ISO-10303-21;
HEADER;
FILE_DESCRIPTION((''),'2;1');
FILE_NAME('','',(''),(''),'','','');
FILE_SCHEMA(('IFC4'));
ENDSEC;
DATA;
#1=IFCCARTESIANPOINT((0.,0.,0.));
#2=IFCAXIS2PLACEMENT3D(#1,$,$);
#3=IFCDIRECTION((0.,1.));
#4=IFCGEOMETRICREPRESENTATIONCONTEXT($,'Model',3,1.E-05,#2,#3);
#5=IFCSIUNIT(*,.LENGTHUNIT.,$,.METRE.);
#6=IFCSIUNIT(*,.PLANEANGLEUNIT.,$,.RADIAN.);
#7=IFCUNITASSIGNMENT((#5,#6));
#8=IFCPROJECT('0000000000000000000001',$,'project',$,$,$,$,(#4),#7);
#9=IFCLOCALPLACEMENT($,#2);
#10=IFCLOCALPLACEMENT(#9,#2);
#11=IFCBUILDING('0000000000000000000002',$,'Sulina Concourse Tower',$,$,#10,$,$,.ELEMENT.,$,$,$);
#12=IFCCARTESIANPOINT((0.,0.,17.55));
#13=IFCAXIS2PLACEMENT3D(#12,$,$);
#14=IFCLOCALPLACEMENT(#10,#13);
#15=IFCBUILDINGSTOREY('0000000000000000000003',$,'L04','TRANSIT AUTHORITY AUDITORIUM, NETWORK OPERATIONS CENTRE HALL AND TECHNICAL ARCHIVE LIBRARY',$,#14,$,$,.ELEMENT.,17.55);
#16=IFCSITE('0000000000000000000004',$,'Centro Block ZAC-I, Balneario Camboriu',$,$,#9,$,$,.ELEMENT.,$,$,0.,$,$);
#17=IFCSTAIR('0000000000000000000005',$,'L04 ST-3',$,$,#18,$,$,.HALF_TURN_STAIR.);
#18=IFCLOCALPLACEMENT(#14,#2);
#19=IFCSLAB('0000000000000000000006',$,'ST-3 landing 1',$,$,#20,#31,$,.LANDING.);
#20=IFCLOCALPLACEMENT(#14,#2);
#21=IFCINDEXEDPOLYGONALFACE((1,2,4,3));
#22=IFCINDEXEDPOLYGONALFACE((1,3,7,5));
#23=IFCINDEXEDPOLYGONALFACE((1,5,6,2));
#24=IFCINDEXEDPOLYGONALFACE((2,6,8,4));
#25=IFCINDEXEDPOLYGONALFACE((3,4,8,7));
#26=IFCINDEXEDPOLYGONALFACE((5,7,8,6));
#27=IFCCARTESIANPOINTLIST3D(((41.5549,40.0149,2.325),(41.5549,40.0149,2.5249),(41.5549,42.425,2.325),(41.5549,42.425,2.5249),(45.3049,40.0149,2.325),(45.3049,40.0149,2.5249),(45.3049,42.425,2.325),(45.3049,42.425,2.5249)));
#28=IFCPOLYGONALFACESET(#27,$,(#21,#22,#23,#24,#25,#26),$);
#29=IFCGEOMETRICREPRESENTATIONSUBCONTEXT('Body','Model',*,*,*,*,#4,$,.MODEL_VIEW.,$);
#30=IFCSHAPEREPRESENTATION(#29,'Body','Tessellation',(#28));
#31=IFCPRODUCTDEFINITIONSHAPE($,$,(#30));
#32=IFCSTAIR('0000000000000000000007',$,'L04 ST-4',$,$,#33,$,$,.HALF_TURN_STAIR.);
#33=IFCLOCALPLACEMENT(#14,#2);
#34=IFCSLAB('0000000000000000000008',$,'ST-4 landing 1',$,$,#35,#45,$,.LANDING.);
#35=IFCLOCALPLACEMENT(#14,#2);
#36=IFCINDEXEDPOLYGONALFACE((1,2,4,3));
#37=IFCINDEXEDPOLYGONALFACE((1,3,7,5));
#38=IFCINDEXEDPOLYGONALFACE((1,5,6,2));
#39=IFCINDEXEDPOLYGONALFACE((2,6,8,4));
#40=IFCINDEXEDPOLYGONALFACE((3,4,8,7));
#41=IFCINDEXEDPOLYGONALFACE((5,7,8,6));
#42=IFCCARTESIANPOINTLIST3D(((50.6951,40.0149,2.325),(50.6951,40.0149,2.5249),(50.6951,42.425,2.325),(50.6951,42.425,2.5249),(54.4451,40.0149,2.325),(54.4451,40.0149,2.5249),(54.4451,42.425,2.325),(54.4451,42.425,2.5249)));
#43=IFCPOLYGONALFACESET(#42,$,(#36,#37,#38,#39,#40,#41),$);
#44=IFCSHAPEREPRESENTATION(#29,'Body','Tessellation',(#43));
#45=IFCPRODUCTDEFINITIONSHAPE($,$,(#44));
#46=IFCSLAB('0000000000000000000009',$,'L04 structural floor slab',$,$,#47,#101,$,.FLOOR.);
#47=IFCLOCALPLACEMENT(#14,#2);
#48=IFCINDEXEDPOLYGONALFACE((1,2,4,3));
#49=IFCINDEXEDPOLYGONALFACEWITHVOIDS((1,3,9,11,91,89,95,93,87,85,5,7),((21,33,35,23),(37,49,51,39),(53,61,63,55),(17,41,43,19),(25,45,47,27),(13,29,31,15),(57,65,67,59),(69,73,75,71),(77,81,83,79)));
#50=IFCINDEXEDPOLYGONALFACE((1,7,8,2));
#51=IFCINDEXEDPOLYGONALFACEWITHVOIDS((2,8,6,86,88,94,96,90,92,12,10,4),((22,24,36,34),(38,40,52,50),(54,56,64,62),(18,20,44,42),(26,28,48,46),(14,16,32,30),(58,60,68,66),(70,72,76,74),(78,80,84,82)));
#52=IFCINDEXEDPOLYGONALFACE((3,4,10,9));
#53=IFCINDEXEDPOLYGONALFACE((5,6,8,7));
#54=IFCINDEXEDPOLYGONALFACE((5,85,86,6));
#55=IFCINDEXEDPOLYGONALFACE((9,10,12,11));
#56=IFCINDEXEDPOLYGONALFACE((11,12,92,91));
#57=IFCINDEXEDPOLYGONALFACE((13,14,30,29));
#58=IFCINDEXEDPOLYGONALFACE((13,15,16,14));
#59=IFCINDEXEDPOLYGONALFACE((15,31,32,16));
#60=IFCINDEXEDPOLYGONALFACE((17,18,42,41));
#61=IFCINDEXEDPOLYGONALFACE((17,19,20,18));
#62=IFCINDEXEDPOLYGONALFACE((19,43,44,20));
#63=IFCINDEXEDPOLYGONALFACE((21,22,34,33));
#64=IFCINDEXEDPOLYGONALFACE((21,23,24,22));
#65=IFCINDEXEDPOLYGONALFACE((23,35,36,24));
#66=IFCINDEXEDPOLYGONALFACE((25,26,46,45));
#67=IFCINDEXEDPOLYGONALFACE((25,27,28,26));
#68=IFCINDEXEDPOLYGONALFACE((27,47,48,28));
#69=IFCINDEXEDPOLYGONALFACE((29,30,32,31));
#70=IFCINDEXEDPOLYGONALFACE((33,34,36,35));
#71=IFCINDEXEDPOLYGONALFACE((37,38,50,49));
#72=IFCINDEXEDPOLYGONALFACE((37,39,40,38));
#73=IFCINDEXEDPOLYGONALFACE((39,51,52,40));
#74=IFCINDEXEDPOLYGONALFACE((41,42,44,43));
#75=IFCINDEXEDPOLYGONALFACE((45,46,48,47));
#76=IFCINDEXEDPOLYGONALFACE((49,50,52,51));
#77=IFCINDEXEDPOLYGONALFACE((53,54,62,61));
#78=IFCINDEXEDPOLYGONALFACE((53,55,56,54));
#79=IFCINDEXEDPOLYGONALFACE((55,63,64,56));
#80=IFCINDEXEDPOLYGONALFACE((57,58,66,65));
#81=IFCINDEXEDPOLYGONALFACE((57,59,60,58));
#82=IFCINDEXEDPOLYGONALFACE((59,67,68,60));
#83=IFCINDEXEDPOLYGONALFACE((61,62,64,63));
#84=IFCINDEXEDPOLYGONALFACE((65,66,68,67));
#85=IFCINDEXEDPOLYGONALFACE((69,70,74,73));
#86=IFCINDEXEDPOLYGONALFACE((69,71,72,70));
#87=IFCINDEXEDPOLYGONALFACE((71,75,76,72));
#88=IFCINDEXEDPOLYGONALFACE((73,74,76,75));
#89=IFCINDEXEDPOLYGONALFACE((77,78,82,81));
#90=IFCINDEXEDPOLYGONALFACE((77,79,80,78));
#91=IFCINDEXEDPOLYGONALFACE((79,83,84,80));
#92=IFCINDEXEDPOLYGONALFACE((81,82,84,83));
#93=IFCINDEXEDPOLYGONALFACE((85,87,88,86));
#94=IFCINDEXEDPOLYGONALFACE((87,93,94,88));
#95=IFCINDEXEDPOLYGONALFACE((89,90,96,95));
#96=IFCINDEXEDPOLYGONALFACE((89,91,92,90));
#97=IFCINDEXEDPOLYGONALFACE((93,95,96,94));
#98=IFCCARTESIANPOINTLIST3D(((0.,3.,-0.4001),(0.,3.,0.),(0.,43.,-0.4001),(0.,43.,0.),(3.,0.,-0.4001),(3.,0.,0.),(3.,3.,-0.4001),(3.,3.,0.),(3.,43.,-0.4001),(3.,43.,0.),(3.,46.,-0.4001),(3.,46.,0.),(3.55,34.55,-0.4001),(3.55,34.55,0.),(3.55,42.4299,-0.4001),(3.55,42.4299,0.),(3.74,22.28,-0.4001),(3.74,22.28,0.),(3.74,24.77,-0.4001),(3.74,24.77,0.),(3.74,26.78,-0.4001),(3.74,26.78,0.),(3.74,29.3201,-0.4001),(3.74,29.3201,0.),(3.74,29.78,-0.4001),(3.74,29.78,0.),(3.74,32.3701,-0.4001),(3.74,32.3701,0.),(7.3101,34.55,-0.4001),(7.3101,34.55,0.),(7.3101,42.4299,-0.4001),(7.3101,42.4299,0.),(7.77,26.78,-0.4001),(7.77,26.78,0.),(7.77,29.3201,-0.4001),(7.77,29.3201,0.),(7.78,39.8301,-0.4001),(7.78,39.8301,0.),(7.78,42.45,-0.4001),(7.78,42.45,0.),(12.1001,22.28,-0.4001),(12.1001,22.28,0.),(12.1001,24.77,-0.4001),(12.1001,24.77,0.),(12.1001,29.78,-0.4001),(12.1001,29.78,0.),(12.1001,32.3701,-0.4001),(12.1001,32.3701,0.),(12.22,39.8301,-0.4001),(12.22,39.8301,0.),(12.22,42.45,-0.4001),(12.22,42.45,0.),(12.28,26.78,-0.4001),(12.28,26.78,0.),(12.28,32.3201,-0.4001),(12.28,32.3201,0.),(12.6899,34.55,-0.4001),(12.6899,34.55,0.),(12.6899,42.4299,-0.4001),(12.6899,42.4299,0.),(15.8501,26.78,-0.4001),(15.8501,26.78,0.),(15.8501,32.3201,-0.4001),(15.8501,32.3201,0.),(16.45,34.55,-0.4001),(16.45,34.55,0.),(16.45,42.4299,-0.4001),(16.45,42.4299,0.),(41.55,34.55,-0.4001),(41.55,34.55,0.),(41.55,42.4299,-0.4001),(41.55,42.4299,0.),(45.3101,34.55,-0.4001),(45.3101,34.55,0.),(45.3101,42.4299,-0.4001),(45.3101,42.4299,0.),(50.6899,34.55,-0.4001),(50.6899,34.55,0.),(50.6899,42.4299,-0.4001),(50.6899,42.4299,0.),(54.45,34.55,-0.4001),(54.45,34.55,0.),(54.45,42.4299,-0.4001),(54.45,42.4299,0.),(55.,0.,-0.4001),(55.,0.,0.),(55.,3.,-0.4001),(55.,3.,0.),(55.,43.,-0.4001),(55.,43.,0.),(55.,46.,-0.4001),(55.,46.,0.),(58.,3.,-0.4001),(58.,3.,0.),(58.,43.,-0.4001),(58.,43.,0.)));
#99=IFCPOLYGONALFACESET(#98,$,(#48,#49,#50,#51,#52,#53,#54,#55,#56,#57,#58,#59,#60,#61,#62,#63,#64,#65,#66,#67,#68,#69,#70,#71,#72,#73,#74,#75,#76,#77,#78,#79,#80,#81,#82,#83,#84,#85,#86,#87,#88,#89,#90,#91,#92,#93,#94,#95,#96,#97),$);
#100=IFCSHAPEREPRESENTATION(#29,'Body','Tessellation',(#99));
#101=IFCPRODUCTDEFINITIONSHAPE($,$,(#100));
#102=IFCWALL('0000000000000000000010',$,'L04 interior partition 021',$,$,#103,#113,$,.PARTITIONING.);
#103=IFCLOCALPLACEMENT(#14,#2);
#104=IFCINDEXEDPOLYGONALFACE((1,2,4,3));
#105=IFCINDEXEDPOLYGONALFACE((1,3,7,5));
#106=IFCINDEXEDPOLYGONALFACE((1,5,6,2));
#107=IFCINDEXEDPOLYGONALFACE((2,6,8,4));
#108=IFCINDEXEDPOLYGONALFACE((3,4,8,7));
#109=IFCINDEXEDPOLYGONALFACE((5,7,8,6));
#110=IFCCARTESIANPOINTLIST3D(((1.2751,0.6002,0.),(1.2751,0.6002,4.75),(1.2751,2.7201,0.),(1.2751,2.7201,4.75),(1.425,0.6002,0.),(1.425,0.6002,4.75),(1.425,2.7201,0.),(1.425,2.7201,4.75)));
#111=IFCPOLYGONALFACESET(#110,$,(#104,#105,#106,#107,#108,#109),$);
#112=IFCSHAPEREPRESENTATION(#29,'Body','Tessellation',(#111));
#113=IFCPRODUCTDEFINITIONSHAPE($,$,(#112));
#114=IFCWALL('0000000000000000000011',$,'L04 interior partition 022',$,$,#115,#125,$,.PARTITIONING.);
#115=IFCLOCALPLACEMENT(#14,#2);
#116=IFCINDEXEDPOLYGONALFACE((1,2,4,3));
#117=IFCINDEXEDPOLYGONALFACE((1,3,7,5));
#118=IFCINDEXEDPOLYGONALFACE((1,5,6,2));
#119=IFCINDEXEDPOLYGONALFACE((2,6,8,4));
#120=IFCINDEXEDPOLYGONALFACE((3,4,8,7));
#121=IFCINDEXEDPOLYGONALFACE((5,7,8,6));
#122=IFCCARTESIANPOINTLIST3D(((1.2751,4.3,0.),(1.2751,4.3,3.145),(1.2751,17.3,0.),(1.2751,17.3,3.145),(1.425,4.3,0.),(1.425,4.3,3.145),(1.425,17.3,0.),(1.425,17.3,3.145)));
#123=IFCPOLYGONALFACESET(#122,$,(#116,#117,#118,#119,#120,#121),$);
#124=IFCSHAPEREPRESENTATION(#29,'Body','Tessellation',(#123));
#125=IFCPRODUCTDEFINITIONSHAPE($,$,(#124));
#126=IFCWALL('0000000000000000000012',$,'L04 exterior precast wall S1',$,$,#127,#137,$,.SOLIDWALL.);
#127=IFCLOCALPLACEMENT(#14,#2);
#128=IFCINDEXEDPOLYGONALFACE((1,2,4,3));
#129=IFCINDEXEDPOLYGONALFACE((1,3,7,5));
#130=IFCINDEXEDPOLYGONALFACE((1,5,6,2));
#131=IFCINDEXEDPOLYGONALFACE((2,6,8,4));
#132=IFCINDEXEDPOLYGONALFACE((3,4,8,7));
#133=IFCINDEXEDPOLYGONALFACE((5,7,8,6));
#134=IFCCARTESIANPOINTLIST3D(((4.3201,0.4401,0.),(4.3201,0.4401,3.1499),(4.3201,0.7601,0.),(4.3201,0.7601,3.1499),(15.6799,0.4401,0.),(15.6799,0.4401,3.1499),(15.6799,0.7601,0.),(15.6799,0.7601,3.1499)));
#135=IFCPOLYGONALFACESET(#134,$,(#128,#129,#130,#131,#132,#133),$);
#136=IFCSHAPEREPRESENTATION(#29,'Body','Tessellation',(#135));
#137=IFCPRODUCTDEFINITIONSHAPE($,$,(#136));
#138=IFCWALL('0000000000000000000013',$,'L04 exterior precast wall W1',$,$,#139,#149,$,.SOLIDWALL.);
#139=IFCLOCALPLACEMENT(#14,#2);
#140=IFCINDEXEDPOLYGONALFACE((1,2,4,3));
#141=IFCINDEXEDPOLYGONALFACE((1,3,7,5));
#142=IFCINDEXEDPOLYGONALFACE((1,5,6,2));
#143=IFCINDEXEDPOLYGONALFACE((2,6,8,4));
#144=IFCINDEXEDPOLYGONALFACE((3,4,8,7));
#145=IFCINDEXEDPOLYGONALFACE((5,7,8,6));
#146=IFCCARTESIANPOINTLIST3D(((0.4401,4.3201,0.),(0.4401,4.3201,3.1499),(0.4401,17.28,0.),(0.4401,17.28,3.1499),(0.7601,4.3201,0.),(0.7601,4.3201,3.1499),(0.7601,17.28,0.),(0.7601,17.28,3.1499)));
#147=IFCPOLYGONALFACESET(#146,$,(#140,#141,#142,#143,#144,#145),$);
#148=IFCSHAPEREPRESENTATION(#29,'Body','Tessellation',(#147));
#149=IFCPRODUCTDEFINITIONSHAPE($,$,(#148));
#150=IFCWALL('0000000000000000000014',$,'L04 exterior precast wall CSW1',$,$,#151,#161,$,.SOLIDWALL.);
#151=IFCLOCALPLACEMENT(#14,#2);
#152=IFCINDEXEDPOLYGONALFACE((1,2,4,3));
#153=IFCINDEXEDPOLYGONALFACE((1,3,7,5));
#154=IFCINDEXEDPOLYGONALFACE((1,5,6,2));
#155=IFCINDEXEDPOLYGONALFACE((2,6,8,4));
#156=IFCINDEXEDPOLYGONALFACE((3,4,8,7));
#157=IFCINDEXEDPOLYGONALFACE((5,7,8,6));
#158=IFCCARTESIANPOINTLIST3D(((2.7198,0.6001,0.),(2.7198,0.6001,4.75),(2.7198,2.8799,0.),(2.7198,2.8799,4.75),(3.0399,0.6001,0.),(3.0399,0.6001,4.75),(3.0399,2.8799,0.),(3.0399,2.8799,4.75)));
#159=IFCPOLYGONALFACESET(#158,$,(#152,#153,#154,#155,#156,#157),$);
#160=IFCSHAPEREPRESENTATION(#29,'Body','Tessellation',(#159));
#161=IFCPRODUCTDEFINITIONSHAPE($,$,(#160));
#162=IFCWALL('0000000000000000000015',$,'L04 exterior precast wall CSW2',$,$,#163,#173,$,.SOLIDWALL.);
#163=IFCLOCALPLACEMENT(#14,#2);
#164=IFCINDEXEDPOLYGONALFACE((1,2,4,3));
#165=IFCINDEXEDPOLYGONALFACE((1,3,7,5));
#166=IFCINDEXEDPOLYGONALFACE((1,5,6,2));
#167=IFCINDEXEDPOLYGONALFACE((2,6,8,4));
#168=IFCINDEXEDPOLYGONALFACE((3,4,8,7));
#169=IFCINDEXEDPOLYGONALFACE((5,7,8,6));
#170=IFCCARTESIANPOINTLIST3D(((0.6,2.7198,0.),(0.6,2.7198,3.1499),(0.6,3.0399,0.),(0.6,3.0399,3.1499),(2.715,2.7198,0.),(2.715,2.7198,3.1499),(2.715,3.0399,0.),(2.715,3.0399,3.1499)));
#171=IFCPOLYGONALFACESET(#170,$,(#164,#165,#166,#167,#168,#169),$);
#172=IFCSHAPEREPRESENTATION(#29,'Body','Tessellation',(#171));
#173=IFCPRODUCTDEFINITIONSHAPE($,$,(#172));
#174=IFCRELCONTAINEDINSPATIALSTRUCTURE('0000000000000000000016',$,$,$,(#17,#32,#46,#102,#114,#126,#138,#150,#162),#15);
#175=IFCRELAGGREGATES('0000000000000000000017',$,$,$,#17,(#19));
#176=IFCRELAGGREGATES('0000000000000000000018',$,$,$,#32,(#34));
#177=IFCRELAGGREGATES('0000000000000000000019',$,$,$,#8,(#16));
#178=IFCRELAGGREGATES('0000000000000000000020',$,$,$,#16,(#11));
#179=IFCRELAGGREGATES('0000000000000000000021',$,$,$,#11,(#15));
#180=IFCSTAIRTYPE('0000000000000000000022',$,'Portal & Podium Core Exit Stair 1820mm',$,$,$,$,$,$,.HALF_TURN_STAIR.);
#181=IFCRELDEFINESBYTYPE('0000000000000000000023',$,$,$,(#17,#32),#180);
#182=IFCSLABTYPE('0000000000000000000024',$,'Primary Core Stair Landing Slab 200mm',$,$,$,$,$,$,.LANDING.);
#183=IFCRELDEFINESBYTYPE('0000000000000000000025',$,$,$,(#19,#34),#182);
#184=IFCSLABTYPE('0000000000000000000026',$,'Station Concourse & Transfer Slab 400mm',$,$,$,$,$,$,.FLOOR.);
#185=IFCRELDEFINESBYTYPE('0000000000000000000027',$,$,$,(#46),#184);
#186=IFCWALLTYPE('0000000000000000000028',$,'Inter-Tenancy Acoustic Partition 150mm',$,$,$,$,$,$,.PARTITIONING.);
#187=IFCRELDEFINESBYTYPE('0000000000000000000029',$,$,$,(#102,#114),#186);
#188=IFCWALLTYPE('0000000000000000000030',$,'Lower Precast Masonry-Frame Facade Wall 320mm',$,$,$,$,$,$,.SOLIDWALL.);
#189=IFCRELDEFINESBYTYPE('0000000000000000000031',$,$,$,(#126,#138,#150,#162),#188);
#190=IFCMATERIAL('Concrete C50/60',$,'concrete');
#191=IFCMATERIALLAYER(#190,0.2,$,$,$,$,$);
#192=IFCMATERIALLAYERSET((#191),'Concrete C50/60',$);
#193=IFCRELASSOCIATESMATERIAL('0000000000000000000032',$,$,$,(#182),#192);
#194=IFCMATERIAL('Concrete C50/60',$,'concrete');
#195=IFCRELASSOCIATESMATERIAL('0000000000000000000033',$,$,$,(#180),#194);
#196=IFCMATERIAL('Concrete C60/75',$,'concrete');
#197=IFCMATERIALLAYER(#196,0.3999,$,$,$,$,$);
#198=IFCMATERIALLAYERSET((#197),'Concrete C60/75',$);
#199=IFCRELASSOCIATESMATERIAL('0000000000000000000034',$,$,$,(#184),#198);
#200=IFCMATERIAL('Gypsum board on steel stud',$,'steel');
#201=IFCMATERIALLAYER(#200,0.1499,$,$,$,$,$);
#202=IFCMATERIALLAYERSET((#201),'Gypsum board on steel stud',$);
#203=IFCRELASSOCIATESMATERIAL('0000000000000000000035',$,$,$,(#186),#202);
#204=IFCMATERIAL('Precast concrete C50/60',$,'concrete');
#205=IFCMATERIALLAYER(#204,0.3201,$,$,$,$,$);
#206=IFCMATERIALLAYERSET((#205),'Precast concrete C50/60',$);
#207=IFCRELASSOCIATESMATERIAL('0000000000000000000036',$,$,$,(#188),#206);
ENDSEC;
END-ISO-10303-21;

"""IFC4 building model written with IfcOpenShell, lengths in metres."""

from ifc_helpers import new_model, si_unit, direction, frame, frame_2d, origin, place, context, subcontext, project, spatial, polyline, rectangle, outline, extrude, material, layer, layer_set, type_object, element, aggregate, save


model = new_model("IFC4")

# Units and contexts
model_context = context("Model", 3, precision=1e-05, world=origin(), true_north=direction((0.0, 1.0)))
body_context = subcontext(model_context, "Body", "Model", "MODEL_VIEW")
ifc_project = project(units=[si_unit("LENGTHUNIT", "METRE"), si_unit("PLANEANGLEUNIT", "RADIAN")], contexts=[model_context])

# Site, building, storey
site_placement = place(None, origin())
site = spatial("IfcSite", under=ifc_project, at=site_placement, Name="Centro Block ZAC-I, Balneario Camboriu", CompositionType="ELEMENT", RefElevation=0.0)
building_placement = place(site_placement, origin())
building = spatial("IfcBuilding", under=site, at=building_placement, Name="Sulina Concourse Tower", CompositionType="ELEMENT")
storey_placement = place(building_placement, frame((0.0, 0.0, 17.55)))
storey = spatial("IfcBuildingStorey", under=building, at=storey_placement, Name="L04", Description="TRANSIT AUTHORITY AUDITORIUM, NETWORK OPERATIONS CENTRE HALL AND TECHNICAL ARCHIVE LIBRARY", CompositionType="ELEMENT", Elevation=17.55)

# Shared definitions
ifc_material_1 = material(Name="Concrete C50/60", Category="concrete")
ifc_layer_1 = layer(ifc_material_1, 0.2)
ifc_layer_set_1 = layer_set([ifc_layer_1], Name="Concrete C50/60")
slab_type_1 = type_object("IfcSlabType", Name="Primary Core Stair Landing Slab 200mm", PredefinedType="LANDING", material=ifc_layer_set_1)

# Stairs, slabs
ifc_material_2 = material(Name="Concrete C50/60", Category="concrete")
stair_type_1 = type_object("IfcStairType", Name="Portal & Podium Core Exit Stair 1820mm", PredefinedType="HALF_TURN_STAIR", material=ifc_material_2)
stair_1_placement = place(storey_placement, origin())
stair_1 = element("IfcStair", 1, at=stair_1_placement, inside=storey, type_object=stair_type_1, Name="L04 ST-3", PredefinedType="HALF_TURN_STAIR")
slab_1_placement = place(storey_placement, frame((0.0, 0.0, 2.325)))
slab_1 = element("IfcSlab", 2, at=slab_1_placement, type_object=slab_type_1, Name="ST-3 landing 1", PredefinedType="LANDING", context=body_context, shape_type="SweptSolid", body=[
    extrude(outline(polyline([(45.3049, 40.0149), (45.3049, 42.425), (41.5549, 42.425), (41.5549, 40.0149), (45.3049, 40.0149)])), origin(), (0.0, 0.0, 1.0), 0.2),
])
aggregate(stair_1, [slab_1])
stair_2_placement = place(storey_placement, origin())
stair_2 = element("IfcStair", 3, at=stair_2_placement, inside=storey, type_object=stair_type_1, Name="L04 ST-4", PredefinedType="HALF_TURN_STAIR")
slab_2_placement = place(storey_placement, frame((0.0, 0.0, 2.325)))
slab_2 = element("IfcSlab", 4, at=slab_2_placement, type_object=slab_type_1, Name="ST-4 landing 1", PredefinedType="LANDING", context=body_context, shape_type="SweptSolid", body=[
    extrude(outline(polyline([(54.4451, 40.0149), (54.4451, 42.425), (50.6951, 42.425), (50.6951, 40.0149), (54.4451, 40.0149)])), origin(), (0.0, 0.0, 1.0), 0.2),
])
aggregate(stair_2, [slab_2])

# Slab
ifc_material_3 = material(Name="Concrete C60/75", Category="concrete")
ifc_layer_2 = layer(ifc_material_3, 0.3999)
ifc_layer_set_2 = layer_set([ifc_layer_2], Name="Concrete C60/75")
slab_type_2 = type_object("IfcSlabType", Name="Station Concourse & Transfer Slab 400mm", PredefinedType="FLOOR", material=ifc_layer_set_2)
slab_3_placement = place(storey_placement, frame((0.0, 0.0, -0.4001)))
element("IfcSlab", 5, at=slab_3_placement, inside=storey, type_object=slab_type_2, Name="L04 structural floor slab", PredefinedType="FLOOR", context=body_context, shape_type="SweptSolid", body=[
    extrude(outline(polyline([(3.0, 0.0), (55.0, 0.0), (55.0, 3.0), (58.0, 3.0), (58.0, 43.0), (55.0, 43.0), (55.0, 46.0), (3.0, 46.0), (3.0, 43.0), (0.0, 43.0), (0.0, 3.0), (3.0, 3.0), (3.0, 0.0)]), holes=[polyline([(7.3101, 34.55), (7.3101, 42.4299), (3.55, 42.4299), (3.55, 34.55), (7.3101, 34.55)]), polyline([(16.45, 34.55), (16.45, 42.4299), (12.6899, 42.4299), (12.6899, 34.55), (16.45, 34.55)]), polyline([(45.3101, 34.55), (45.3101, 42.4299), (41.55, 42.4299), (41.55, 34.55), (45.3101, 34.55)]), polyline([(54.45, 34.55), (54.45, 42.4299), (50.6899, 42.4299), (50.6899, 34.55), (54.45, 34.55)]), polyline([(7.78, 39.8301), (12.22, 39.8301), (12.22, 42.45), (7.78, 42.45), (7.78, 39.8301)]), polyline([(3.74, 26.78), (7.77, 26.78), (7.77, 29.3201), (3.74, 29.3201), (3.74, 26.78)]), polyline([(3.74, 29.78), (12.1001, 29.78), (12.1001, 32.3701), (3.74, 32.3701), (3.74, 29.78)]), polyline([(3.74, 22.28), (12.1001, 22.28), (12.1001, 24.77), (3.74, 24.77), (3.74, 22.28)]), polyline([(12.28, 26.78), (15.8501, 26.78), (15.8501, 32.3201), (12.28, 32.3201), (12.28, 26.78)])]), origin(), (0.0, 0.0, 1.0), 0.4001),
])

# Walls
ifc_material_4 = material(Name="Gypsum board on steel stud", Category="steel")
ifc_layer_3 = layer(ifc_material_4, 0.1499)
ifc_layer_set_3 = layer_set([ifc_layer_3], Name="Gypsum board on steel stud")
wall_type_1 = type_object("IfcWallType", Name="Inter-Tenancy Acoustic Partition 150mm", PredefinedType="PARTITIONING", material=ifc_layer_set_3)
wall_1_placement = place(storey_placement, frame((1.3501, 0.6001, 0.0), z_axis=(0.0, 0.0, 1.0), x_axis=(0.0, 1.0, 0.0)))
element("IfcWall", 6, at=wall_1_placement, inside=storey, type_object=wall_type_1, Name="L04 interior partition 021", PredefinedType="PARTITIONING", context=body_context, shape_type="SweptSolid", body=[
    extrude(rectangle(XDim=2.1199, YDim=0.1499, at=frame_2d((1.0601, 0.0))), origin(), (0.0, 0.0, 1.0), 4.75),
])
wall_2_placement = place(storey_placement, frame((1.3501, 4.3, 0.0), z_axis=(0.0, 0.0, 1.0), x_axis=(0.0, 1.0, 0.0)))
element("IfcWall", 7, at=wall_2_placement, inside=storey, type_object=wall_type_1, Name="L04 interior partition 022", PredefinedType="PARTITIONING", context=body_context, shape_type="SweptSolid", body=[
    extrude(rectangle(XDim=13.0, YDim=0.1499, at=frame_2d((6.5, 0.0))), origin(), (0.0, 0.0, 1.0), 3.145),
])
ifc_material_5 = material(Name="Precast concrete C50/60", Category="concrete")
ifc_layer_4 = layer(ifc_material_5, 0.3201)
ifc_layer_set_4 = layer_set([ifc_layer_4], Name="Precast concrete C50/60")
wall_type_2 = type_object("IfcWallType", Name="Lower Precast Masonry-Frame Facade Wall 320mm", PredefinedType="SOLIDWALL", material=ifc_layer_set_4)
wall_3_placement = place(storey_placement, frame((15.6799, 0.6001, 0.0), z_axis=(0.0, 0.0, 1.0), x_axis=(-1.0, 0.0, 0.0)))
element("IfcWall", 8, at=wall_3_placement, inside=storey, type_object=wall_type_2, Name="L04 exterior precast wall S1", PredefinedType="SOLIDWALL", context=body_context, shape_type="SweptSolid", body=[
    extrude(rectangle(XDim=11.3599, YDim=0.3201, at=frame_2d((5.6799, 0.0))), origin(), (0.0, 0.0, 1.0), 3.1499),
])
wall_4_placement = place(storey_placement, frame((0.6001, 4.3201, 0.0), z_axis=(0.0, 0.0, 1.0), x_axis=(0.0, 1.0, 0.0)))
element("IfcWall", 9, at=wall_4_placement, inside=storey, type_object=wall_type_2, Name="L04 exterior precast wall W1", PredefinedType="SOLIDWALL", context=body_context, shape_type="SweptSolid", body=[
    extrude(rectangle(XDim=12.96, YDim=0.3201, at=frame_2d((6.48, 0.0))), origin(), (0.0, 0.0, 1.0), 3.1499),
])
wall_5_placement = place(storey_placement, frame((2.8799, 0.6001, 0.0), z_axis=(0.0, 0.0, 1.0), x_axis=(0.0, 1.0, 0.0)))
element("IfcWall", 10, at=wall_5_placement, inside=storey, type_object=wall_type_2, Name="L04 exterior precast wall CSW1", PredefinedType="SOLIDWALL", context=body_context, shape_type="SweptSolid", body=[
    extrude(rectangle(XDim=2.2798, YDim=0.3201, at=frame_2d((1.1399, 0.0))), origin(), (0.0, 0.0, 1.0), 4.75),
])
wall_6_placement = place(storey_placement, frame((2.7151, 2.8799, 0.0), z_axis=(0.0, 0.0, 1.0), x_axis=(-1.0, 0.0, 0.0)))
element("IfcWall", 11, at=wall_6_placement, inside=storey, type_object=wall_type_2, Name="L04 exterior precast wall CSW2", PredefinedType="SOLIDWALL", context=body_context, shape_type="SweptSolid", body=[
    extrude(rectangle(XDim=2.115, YDim=0.3201, at=frame_2d((1.0576, 0.0))), origin(), (0.0, 0.0, 1.0), 3.1499),
])

save(model, "model.ifc")
